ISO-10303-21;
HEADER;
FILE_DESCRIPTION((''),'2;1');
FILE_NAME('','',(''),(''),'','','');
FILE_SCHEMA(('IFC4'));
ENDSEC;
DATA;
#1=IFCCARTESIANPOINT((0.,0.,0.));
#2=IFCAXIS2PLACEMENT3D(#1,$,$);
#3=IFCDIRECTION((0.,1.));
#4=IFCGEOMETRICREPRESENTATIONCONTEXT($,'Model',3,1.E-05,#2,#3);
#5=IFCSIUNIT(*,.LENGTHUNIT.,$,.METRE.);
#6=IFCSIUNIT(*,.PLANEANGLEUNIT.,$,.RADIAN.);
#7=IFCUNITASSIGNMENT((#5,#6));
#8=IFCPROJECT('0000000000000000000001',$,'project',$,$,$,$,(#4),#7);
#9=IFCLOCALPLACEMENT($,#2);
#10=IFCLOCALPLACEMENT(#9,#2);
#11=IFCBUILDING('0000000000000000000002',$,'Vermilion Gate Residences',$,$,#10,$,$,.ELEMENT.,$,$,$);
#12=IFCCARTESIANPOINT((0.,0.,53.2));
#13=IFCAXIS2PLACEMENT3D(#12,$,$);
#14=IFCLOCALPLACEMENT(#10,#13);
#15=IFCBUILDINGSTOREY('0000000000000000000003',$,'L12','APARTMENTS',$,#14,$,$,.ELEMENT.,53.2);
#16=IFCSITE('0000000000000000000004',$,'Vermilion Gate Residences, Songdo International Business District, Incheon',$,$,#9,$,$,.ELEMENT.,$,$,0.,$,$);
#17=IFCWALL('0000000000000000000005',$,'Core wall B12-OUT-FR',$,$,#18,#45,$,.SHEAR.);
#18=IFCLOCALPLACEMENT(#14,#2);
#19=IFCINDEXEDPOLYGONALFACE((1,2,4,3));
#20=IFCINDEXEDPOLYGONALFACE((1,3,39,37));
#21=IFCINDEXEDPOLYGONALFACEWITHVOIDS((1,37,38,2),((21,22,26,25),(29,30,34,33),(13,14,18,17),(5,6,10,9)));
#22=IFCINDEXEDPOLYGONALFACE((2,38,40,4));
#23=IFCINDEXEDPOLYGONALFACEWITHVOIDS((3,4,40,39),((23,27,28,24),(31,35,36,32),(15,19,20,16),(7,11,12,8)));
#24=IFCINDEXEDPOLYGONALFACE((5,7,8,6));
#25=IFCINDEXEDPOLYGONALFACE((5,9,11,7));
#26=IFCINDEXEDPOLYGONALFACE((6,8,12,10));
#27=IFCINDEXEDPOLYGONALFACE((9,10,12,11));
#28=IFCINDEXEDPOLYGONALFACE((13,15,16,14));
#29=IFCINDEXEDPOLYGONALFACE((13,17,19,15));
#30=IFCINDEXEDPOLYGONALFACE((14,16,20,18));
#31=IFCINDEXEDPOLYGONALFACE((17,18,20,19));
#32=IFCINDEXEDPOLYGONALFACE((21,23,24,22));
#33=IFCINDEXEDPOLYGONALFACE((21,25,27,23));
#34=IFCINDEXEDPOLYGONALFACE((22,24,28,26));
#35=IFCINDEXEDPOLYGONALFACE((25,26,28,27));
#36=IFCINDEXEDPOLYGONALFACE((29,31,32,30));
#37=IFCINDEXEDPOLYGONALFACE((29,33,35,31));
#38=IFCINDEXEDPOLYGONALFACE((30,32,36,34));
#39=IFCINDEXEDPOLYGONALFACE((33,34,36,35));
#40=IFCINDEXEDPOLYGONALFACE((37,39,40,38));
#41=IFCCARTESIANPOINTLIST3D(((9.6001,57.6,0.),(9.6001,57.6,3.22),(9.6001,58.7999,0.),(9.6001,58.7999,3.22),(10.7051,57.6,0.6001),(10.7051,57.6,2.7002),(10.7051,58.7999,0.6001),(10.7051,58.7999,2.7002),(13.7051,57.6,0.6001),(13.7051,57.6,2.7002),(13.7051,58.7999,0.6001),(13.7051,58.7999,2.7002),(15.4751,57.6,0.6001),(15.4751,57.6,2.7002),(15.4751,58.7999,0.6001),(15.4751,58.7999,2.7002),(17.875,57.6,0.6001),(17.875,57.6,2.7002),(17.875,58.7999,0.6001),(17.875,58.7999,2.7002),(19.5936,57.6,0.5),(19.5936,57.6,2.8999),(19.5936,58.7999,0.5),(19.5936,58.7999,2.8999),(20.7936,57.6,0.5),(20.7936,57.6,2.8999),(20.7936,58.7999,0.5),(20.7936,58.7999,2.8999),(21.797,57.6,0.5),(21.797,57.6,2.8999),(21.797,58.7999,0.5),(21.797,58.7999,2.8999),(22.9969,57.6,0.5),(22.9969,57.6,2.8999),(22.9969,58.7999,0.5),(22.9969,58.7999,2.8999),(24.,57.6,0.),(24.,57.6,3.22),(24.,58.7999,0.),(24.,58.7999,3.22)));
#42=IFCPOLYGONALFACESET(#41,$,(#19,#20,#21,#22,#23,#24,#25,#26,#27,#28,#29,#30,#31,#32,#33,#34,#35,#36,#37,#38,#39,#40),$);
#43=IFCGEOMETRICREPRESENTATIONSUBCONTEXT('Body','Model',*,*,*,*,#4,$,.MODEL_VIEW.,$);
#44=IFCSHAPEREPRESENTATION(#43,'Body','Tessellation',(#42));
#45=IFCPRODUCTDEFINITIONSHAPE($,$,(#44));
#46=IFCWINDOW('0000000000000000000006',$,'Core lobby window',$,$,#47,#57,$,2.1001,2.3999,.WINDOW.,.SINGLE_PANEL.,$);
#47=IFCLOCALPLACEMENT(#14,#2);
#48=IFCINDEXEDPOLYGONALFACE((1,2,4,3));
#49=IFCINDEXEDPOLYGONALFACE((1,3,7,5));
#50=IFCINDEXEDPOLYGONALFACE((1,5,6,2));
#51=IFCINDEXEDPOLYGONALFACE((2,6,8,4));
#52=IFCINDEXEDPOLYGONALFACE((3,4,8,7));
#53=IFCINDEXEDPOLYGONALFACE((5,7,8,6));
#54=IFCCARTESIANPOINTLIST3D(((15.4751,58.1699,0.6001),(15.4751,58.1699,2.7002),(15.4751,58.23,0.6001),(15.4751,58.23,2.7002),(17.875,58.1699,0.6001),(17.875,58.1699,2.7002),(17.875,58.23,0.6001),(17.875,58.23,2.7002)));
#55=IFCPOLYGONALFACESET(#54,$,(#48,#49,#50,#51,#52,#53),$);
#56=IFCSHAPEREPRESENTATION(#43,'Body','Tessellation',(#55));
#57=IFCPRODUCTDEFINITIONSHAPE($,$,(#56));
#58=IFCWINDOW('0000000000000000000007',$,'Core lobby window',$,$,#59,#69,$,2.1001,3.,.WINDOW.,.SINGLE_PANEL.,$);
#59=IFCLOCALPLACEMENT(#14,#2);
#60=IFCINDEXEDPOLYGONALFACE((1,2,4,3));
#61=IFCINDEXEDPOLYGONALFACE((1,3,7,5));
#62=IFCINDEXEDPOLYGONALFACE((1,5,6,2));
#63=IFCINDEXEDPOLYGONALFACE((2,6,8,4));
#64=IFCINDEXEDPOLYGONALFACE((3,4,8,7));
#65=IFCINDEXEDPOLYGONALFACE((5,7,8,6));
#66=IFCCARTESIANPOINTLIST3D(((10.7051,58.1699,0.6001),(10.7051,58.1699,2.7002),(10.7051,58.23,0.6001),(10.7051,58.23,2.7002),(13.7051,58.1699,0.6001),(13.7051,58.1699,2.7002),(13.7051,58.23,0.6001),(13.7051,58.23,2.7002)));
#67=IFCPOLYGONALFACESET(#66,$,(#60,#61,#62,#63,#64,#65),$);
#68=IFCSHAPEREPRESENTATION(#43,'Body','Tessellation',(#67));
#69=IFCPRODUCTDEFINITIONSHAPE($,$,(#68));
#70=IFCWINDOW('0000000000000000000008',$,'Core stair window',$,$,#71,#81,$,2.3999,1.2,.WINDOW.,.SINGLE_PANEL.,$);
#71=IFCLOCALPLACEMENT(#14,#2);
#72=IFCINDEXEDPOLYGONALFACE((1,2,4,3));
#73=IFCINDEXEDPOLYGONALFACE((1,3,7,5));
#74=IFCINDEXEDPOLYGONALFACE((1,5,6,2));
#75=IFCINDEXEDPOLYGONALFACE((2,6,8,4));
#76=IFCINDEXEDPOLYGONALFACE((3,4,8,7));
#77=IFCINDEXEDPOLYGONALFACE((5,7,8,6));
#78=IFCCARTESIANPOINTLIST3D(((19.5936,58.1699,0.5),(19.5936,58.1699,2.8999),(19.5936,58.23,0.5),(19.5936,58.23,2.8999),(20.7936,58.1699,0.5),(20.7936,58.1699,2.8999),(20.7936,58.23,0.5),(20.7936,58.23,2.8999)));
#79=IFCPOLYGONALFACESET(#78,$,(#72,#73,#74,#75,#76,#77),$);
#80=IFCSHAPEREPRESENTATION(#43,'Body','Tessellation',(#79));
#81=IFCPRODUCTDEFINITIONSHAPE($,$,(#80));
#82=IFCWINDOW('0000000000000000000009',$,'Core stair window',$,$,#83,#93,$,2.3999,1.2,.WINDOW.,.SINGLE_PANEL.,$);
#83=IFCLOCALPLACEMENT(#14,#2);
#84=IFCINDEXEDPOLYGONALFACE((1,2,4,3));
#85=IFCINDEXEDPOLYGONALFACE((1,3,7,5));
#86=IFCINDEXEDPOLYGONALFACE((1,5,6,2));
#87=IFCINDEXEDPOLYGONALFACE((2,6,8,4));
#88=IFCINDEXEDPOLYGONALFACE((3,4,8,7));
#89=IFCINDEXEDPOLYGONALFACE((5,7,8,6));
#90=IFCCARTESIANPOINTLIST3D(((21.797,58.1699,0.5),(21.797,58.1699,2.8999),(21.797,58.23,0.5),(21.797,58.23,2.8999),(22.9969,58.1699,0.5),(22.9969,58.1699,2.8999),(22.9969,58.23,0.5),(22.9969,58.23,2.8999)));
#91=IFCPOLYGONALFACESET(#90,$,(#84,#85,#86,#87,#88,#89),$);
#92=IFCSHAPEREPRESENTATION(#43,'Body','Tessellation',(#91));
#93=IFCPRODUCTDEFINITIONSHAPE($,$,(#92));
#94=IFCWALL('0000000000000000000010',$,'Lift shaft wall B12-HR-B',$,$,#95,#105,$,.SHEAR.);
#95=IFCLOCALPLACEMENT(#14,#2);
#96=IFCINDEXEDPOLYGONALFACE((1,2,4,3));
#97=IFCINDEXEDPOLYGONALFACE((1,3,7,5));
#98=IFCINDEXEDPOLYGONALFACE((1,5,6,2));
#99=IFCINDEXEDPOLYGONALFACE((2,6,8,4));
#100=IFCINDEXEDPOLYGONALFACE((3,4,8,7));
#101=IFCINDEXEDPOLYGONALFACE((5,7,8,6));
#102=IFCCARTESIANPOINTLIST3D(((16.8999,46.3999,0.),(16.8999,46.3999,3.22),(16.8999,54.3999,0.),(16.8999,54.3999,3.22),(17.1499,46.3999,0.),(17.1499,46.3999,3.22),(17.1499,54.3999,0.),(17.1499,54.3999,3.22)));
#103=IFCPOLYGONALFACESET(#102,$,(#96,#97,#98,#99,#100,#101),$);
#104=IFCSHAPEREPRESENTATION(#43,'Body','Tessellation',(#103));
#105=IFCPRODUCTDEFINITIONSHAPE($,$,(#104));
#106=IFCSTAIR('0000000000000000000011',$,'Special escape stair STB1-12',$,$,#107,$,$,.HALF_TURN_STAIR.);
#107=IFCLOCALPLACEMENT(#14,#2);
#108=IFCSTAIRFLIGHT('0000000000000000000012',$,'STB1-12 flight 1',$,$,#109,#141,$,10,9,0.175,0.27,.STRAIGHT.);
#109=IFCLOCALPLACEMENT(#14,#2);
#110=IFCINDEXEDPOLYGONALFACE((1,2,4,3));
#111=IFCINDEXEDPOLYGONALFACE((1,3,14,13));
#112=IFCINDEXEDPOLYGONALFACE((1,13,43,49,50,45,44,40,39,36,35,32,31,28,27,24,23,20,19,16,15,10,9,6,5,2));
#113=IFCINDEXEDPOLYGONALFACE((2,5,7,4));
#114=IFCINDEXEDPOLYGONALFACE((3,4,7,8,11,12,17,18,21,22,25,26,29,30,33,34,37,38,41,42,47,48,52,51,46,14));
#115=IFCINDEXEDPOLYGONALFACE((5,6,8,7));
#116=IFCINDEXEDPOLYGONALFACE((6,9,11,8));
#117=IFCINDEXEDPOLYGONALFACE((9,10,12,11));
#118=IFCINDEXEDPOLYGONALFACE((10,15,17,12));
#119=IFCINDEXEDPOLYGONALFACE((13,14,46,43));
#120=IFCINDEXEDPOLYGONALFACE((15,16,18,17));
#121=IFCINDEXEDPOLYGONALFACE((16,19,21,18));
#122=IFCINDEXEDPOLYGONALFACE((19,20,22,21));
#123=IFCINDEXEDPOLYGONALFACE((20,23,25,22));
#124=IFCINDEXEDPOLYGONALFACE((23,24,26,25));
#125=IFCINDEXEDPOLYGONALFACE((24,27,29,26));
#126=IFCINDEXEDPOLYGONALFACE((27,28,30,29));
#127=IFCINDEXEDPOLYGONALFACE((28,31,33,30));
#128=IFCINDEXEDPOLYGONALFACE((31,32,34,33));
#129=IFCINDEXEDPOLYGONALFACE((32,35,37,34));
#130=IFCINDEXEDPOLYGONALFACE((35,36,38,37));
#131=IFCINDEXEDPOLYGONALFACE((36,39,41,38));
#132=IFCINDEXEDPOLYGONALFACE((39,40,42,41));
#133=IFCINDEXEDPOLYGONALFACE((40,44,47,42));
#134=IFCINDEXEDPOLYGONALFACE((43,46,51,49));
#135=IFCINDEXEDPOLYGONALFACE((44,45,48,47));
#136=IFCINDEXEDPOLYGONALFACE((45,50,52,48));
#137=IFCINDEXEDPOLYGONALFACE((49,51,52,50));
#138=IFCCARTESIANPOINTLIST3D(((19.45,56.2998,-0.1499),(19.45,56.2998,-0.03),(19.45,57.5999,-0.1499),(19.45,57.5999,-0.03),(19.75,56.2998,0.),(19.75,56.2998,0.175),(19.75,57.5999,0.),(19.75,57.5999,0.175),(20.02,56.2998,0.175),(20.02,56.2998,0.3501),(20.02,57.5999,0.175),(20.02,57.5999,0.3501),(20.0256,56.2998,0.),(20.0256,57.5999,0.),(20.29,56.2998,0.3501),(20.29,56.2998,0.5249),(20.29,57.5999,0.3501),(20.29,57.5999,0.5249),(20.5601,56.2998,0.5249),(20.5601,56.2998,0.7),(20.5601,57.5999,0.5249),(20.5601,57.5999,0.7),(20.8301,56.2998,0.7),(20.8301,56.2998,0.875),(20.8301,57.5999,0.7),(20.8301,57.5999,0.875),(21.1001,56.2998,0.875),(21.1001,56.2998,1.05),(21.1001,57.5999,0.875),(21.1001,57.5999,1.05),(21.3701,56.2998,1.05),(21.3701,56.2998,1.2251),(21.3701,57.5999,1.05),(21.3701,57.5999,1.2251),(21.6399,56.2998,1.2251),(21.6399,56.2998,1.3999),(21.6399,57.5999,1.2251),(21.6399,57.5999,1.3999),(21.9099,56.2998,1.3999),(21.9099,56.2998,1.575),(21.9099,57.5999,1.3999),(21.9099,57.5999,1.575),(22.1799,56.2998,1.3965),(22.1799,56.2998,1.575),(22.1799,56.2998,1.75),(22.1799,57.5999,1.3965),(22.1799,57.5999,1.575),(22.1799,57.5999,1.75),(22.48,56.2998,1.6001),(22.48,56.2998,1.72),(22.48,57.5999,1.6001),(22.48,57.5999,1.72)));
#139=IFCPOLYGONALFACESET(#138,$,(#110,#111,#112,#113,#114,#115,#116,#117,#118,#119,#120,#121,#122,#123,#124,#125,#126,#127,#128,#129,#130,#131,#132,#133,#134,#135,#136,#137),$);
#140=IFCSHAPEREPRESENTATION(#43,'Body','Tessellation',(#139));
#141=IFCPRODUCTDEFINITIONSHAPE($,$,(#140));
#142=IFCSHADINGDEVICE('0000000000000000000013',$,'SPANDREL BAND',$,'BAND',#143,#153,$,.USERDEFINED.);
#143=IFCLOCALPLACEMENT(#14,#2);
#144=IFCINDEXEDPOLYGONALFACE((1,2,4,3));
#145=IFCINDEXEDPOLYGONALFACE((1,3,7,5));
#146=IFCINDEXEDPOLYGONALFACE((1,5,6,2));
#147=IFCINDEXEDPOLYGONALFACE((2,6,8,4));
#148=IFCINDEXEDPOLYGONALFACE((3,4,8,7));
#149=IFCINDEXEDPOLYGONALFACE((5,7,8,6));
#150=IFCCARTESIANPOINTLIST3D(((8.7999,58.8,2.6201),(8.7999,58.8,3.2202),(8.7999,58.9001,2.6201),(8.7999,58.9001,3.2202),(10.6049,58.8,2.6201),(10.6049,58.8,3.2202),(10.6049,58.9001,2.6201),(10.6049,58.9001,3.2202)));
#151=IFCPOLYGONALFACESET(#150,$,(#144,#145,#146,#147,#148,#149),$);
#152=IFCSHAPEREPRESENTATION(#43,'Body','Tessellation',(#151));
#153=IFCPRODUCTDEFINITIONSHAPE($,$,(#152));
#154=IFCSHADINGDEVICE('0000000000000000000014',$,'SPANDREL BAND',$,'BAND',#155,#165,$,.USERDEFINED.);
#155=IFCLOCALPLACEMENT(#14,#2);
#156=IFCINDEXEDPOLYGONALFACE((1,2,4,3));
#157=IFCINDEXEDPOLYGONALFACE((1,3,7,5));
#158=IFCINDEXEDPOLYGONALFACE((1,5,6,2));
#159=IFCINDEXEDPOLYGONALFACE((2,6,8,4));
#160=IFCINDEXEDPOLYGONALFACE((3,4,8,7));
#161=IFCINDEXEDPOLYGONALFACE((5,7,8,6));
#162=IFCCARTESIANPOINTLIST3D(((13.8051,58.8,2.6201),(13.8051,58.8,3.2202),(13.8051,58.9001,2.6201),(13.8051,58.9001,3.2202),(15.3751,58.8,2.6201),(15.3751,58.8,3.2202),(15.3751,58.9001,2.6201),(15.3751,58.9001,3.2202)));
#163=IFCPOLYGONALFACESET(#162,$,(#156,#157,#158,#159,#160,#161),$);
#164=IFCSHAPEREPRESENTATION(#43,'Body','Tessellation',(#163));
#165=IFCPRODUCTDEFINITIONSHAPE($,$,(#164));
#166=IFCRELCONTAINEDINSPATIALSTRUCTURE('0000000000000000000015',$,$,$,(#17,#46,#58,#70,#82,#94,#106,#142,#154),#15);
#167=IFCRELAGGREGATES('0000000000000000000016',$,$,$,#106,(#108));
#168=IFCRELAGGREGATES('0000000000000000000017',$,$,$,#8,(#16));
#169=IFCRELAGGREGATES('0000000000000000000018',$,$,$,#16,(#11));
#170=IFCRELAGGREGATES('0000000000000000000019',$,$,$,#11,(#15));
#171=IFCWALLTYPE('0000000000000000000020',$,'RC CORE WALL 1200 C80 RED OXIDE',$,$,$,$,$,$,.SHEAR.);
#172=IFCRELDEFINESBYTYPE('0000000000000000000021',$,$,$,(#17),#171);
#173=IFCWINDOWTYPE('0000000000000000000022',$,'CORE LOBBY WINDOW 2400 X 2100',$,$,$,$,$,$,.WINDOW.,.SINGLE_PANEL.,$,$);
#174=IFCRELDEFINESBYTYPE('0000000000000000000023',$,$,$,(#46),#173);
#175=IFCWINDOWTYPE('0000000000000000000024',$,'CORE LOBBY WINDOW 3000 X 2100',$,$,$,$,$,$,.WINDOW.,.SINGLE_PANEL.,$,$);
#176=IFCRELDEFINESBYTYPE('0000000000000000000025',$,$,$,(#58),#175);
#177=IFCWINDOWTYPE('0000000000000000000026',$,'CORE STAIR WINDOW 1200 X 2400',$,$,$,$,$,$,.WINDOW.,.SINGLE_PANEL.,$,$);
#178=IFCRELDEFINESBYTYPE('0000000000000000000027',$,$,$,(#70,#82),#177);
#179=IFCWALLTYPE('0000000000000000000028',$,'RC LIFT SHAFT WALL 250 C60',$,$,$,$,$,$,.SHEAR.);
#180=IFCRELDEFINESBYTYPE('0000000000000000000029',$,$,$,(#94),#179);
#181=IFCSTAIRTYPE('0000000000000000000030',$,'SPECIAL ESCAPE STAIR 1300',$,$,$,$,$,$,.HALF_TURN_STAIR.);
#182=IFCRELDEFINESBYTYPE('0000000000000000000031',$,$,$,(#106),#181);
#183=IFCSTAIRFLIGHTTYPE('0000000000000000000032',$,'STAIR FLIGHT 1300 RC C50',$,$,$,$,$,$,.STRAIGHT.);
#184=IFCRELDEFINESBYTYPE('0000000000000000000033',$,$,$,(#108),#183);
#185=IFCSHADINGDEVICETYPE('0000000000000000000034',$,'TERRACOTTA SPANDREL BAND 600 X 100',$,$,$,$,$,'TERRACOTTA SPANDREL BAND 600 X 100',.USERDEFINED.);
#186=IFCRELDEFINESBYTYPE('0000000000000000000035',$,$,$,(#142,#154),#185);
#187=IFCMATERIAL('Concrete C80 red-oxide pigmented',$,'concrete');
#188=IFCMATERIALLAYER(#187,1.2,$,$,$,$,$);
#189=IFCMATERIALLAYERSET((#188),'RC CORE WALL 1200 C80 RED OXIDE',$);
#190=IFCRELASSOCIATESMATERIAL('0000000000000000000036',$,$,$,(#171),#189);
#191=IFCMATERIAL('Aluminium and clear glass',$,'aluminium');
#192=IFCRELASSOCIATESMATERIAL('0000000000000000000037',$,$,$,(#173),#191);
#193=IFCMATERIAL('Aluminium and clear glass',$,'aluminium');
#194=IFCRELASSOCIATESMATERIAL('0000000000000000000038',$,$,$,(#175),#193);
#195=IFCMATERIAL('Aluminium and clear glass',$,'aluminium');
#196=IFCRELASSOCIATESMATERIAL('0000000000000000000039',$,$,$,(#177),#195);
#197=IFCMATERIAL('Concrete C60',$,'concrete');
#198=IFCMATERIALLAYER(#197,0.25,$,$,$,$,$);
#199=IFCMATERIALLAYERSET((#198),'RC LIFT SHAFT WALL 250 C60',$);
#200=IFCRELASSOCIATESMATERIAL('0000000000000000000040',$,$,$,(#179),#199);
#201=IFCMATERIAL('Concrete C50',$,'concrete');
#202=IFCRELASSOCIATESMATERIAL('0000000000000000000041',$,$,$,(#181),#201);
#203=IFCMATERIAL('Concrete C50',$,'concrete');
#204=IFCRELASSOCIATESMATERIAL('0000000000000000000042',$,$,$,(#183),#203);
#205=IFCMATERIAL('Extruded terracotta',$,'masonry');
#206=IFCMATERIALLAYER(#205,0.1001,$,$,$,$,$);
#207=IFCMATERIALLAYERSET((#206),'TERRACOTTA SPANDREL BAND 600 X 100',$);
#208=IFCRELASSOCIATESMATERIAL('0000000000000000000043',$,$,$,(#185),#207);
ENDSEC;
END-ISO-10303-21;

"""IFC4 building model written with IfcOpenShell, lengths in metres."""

from ifc_helpers import new_model, si_unit, direction, frame, frame_2d, origin, origin_2d, place, context, subcontext, project, spatial, polyline, rectangle, outline, extrude, material, layer, layer_set, type_object, element, fill, aggregate, save


model = new_model("IFC4")

# Units and contexts
model_context = context("Model", 3, precision=1e-05, world=origin(), true_north=direction((0.0, 1.0)))
body_context = subcontext(model_context, "Body", "Model", "MODEL_VIEW")
ifc_project = project(units=[si_unit("LENGTHUNIT", "METRE"), si_unit("PLANEANGLEUNIT", "RADIAN")], contexts=[model_context])

# Site, building, storey
site_placement = place(None, origin())
site = spatial("IfcSite", under=ifc_project, at=site_placement, Name="Vermilion Gate Residences, Songdo International Business District, Incheon", CompositionType="ELEMENT", RefElevation=0.0)
building_placement = place(site_placement, origin())
building = spatial("IfcBuilding", under=site, at=building_placement, Name="Vermilion Gate Residences", CompositionType="ELEMENT")
storey_placement = place(building_placement, frame((0.0, 0.0, 53.2)))
storey = spatial("IfcBuildingStorey", under=building, at=storey_placement, Name="L12", Description="APARTMENTS", CompositionType="ELEMENT", Elevation=53.2)

# Wall, openings, windows
ifc_material_1 = material(Name="Concrete C80 red-oxide pigmented", Category="concrete")
ifc_layer_1 = layer(ifc_material_1, 1.2)
ifc_layer_set_1 = layer_set([ifc_layer_1], Name="RC CORE WALL 1200 C80 RED OXIDE")
wall_type_1 = type_object("IfcWallType", Name="RC CORE WALL 1200 C80 RED OXIDE", PredefinedType="SHEAR", material=ifc_layer_set_1)
wall_1_placement = place(storey_placement, frame((9.6001, 58.2, 0.0), z_axis=(0.0, 0.0, 1.0), x_axis=(1.0, 0.0, 0.0)))
wall_1 = element("IfcWall", 1, at=wall_1_placement, inside=storey, type_object=wall_type_1, Name="Core wall B12-OUT-FR", PredefinedType="SHEAR", context=body_context, shape_type="SweptSolid", body=[
    extrude(rectangle(XDim=14.3999, YDim=1.2, at=frame_2d((7.2, 0.0))), origin(), (0.0, 0.0, 1.0), 3.22),
])
opening_1_placement = place(wall_1_placement, frame((1.105, 0.0, 0.6001)))
opening_1 = element("IfcOpeningElement", 2, at=opening_1_placement, cuts=wall_1, PredefinedType="OPENING", context=body_context, shape_type="SweptSolid", body=[
    extrude(rectangle(XDim=3.0, YDim=2.1001, at=frame_2d((1.5, 1.05))), frame((0.0, 0.6099, 0.0), z_axis=(0.0, -1.0, 0.0), x_axis=(1.0, 0.0, 0.0)), (0.0, 0.0, 1.0), 1.22),
])
opening_2_placement = place(wall_1_placement, frame((5.875, 0.0, 0.6001)))
opening_2 = element("IfcOpeningElement", 3, at=opening_2_placement, cuts=wall_1, PredefinedType="OPENING", context=body_context, shape_type="SweptSolid", body=[
    extrude(rectangle(XDim=2.3999, YDim=2.1001, at=frame_2d((1.2, 1.05))), frame((0.0, 0.6099, 0.0), z_axis=(0.0, -1.0, 0.0), x_axis=(1.0, 0.0, 0.0)), (0.0, 0.0, 1.0), 1.22),
])
opening_3_placement = place(wall_1_placement, frame((9.9934, 0.0, 0.5)))
opening_3 = element("IfcOpeningElement", 4, at=opening_3_placement, cuts=wall_1, PredefinedType="OPENING", context=body_context, shape_type="SweptSolid", body=[
    extrude(rectangle(XDim=1.2, YDim=2.3999, at=frame_2d((0.6001, 1.2))), frame((0.0, 0.6099, 0.0), z_axis=(0.0, -1.0, 0.0), x_axis=(1.0, 0.0, 0.0)), (0.0, 0.0, 1.0), 1.22),
])
opening_4_placement = place(wall_1_placement, frame((12.1968, 0.0, 0.5)))
opening_4 = element("IfcOpeningElement", 5, at=opening_4_placement, cuts=wall_1, PredefinedType="OPENING", context=body_context, shape_type="SweptSolid", body=[
    extrude(rectangle(XDim=1.2, YDim=2.3999, at=frame_2d((0.6001, 1.2))), frame((0.0, 0.6099, 0.0), z_axis=(0.0, -1.0, 0.0), x_axis=(1.0, 0.0, 0.0)), (0.0, 0.0, 1.0), 1.22),
])
ifc_material_2 = material(Name="Aluminium and clear glass", Category="aluminium")
window_type_1 = type_object("IfcWindowType", Name="CORE LOBBY WINDOW 2400 X 2100", PartitioningType="SINGLE_PANEL", PredefinedType="WINDOW", material=ifc_material_2)
window_1_placement = place(opening_2_placement, origin())
window_1 = element("IfcWindow", 6, at=window_1_placement, inside=storey, type_object=window_type_1, Name="Core lobby window", OverallHeight=2.1001, OverallWidth=2.3999, PartitioningType="SINGLE_PANEL", PredefinedType="WINDOW", context=body_context, shape_type="SweptSolid", body=[
    extrude(rectangle(XDim=2.3999, YDim=2.1001, at=frame_2d((1.2, 1.05))), frame((0.0, 0.03, 0.0), z_axis=(0.0, -1.0, 0.0), x_axis=(1.0, 0.0, 0.0)), (0.0, 0.0, 1.0), 0.0601),
])
fill(opening_2, window_1)
ifc_material_3 = material(Name="Aluminium and clear glass", Category="aluminium")
window_type_2 = type_object("IfcWindowType", Name="CORE LOBBY WINDOW 3000 X 2100", PartitioningType="SINGLE_PANEL", PredefinedType="WINDOW", material=ifc_material_3)
window_2_placement = place(opening_1_placement, origin())
window_2 = element("IfcWindow", 7, at=window_2_placement, inside=storey, type_object=window_type_2, Name="Core lobby window", OverallHeight=2.1001, OverallWidth=3.0, PartitioningType="SINGLE_PANEL", PredefinedType="WINDOW", context=body_context, shape_type="SweptSolid", body=[
    extrude(rectangle(XDim=3.0, YDim=2.1001, at=frame_2d((1.5, 1.05))), frame((0.0, 0.03, 0.0), z_axis=(0.0, -1.0, 0.0), x_axis=(1.0, 0.0, 0.0)), (0.0, 0.0, 1.0), 0.0601),
])
fill(opening_1, window_2)
ifc_material_4 = material(Name="Aluminium and clear glass", Category="aluminium")
window_type_3 = type_object("IfcWindowType", Name="CORE STAIR WINDOW 1200 X 2400", PartitioningType="SINGLE_PANEL", PredefinedType="WINDOW", material=ifc_material_4)
window_3_placement = place(opening_3_placement, origin())
window_3 = element("IfcWindow", 8, at=window_3_placement, inside=storey, type_object=window_type_3, Name="Core stair window", OverallHeight=2.3999, OverallWidth=1.2, PartitioningType="SINGLE_PANEL", PredefinedType="WINDOW", context=body_context, shape_type="SweptSolid", body=[
    extrude(rectangle(XDim=1.2, YDim=2.3999, at=frame_2d((0.6001, 1.2))), frame((0.0, 0.03, 0.0), z_axis=(0.0, -1.0, 0.0), x_axis=(1.0, 0.0, 0.0)), (0.0, 0.0, 1.0), 0.0601),
])
fill(opening_3, window_3)
window_4_placement = place(opening_4_placement, origin())
window_4 = element("IfcWindow", 9, at=window_4_placement, inside=storey, type_object=window_type_3, Name="Core stair window", OverallHeight=2.3999, OverallWidth=1.2, PartitioningType="SINGLE_PANEL", PredefinedType="WINDOW", context=body_context, shape_type="SweptSolid", body=[
    extrude(rectangle(XDim=1.2, YDim=2.3999, at=frame_2d((0.6001, 1.2))), frame((0.0, 0.03, 0.0), z_axis=(0.0, -1.0, 0.0), x_axis=(1.0, 0.0, 0.0)), (0.0, 0.0, 1.0), 0.0601),
])
fill(opening_4, window_4)

# Wall
ifc_material_5 = material(Name="Concrete C60", Category="concrete")
ifc_layer_2 = layer(ifc_material_5, 0.25)
ifc_layer_set_2 = layer_set([ifc_layer_2], Name="RC LIFT SHAFT WALL 250 C60")
wall_type_2 = type_object("IfcWallType", Name="RC LIFT SHAFT WALL 250 C60", PredefinedType="SHEAR", material=ifc_layer_set_2)
wall_2_placement = place(storey_placement, frame((17.0249, 54.3999, 0.0), z_axis=(0.0, 0.0, 1.0), x_axis=(0.0, -1.0, 0.0)))
element("IfcWall", 10, at=wall_2_placement, inside=storey, type_object=wall_type_2, Name="Lift shaft wall B12-HR-B", PredefinedType="SHEAR", context=body_context, shape_type="SweptSolid", body=[
    extrude(rectangle(XDim=8.0, YDim=0.25, at=frame_2d((4.0, 0.0))), origin(), (0.0, 0.0, 1.0), 3.22),
])

# Stair, stair flight
ifc_material_6 = material(Name="Concrete C50", Category="concrete")
stair_type = type_object("IfcStairType", Name="SPECIAL ESCAPE STAIR 1300", PredefinedType="HALF_TURN_STAIR", material=ifc_material_6)
stair_placement = place(storey_placement, origin())
stair = element("IfcStair", 11, at=stair_placement, inside=storey, type_object=stair_type, Name="Special escape stair STB1-12", PredefinedType="HALF_TURN_STAIR")
ifc_material_7 = material(Name="Concrete C50", Category="concrete")
stair_flight_type = type_object("IfcStairFlightType", Name="STAIR FLIGHT 1300 RC C50", PredefinedType="STRAIGHT", material=ifc_material_7)
stair_flight_placement = place(storey_placement, frame((19.75, 56.95, 0.0), z_axis=(0.0, 0.0, 1.0), x_axis=(1.0, 0.0, 0.0)))
stair_flight = element("IfcStairFlight", 12, at=stair_flight_placement, type_object=stair_flight_type, Name="STB1-12 flight 1", NumberOfRisers=10, NumberOfTreads=9, PredefinedType="STRAIGHT", RiserHeight=0.175, TreadLength=0.27, context=body_context, shape_type="SweptSolid", body=[
    extrude(outline(polyline([(-0.3, -0.1499), (-0.3, -0.03), (0.0, 0.0), (0.0, 0.175), (0.27, 0.175), (0.27, 0.3501), (0.54, 0.3501), (0.54, 0.5249), (0.8101, 0.5249), (0.8101, 0.7), (1.0801, 0.7), (1.0801, 0.875), (1.3501, 0.875), (1.3501, 1.05), (1.6201, 1.05), (1.6201, 1.2251), (1.8899, 1.2251), (1.8899, 1.3999), (2.1599, 1.3999), (2.1599, 1.575), (2.4299, 1.575), (2.4299, 1.75), (2.73, 1.72), (2.73, 1.6001), (2.4299, 1.3965), (0.2756, 0.0), (-0.3, -0.1499)])), frame((0.0, 0.6499, 0.0), z_axis=(0.0, -1.0, 0.0), x_axis=(1.0, 0.0, 0.0)), (0.0, 0.0, 1.0), 1.3),
])
aggregate(stair, [stair_flight])

# Shading devices
ifc_material_8 = material(Name="Extruded terracotta", Category="masonry")
ifc_layer_3 = layer(ifc_material_8, 0.1001)
ifc_layer_set_3 = layer_set([ifc_layer_3], Name="TERRACOTTA SPANDREL BAND 600 X 100")
shading_device_type = type_object("IfcShadingDeviceType", Name="TERRACOTTA SPANDREL BAND 600 X 100", ElementType="TERRACOTTA SPANDREL BAND 600 X 100", PredefinedType="USERDEFINED", material=ifc_layer_set_3)
shading_device_1_placement = place(storey_placement, frame((9.7024, 58.8501, 2.6201), z_axis=(0.0, 0.0, 1.0), x_axis=(1.0, 0.0, 0.0)))
element("IfcShadingDevice", 13, at=shading_device_1_placement, inside=storey, type_object=shading_device_type, Name="SPANDREL BAND", ObjectType="BAND", PredefinedType="USERDEFINED", context=body_context, shape_type="SweptSolid", body=[
    extrude(rectangle(XDim=1.8049, YDim=0.1001, at=origin_2d()), origin(), (0.0, 0.0, 1.0), 0.6001),
])
shading_device_2_placement = place(storey_placement, frame((14.5901, 58.8501, 2.6201), z_axis=(0.0, 0.0, 1.0), x_axis=(1.0, 0.0, 0.0)))
element("IfcShadingDevice", 14, at=shading_device_2_placement, inside=storey, type_object=shading_device_type, Name="SPANDREL BAND", ObjectType="BAND", PredefinedType="USERDEFINED", context=body_context, shape_type="SweptSolid", body=[
    extrude(rectangle(XDim=1.5701, YDim=0.1001, at=origin_2d()), origin(), (0.0, 0.0, 1.0), 0.6001),
])

save(model, "model.ifc")
